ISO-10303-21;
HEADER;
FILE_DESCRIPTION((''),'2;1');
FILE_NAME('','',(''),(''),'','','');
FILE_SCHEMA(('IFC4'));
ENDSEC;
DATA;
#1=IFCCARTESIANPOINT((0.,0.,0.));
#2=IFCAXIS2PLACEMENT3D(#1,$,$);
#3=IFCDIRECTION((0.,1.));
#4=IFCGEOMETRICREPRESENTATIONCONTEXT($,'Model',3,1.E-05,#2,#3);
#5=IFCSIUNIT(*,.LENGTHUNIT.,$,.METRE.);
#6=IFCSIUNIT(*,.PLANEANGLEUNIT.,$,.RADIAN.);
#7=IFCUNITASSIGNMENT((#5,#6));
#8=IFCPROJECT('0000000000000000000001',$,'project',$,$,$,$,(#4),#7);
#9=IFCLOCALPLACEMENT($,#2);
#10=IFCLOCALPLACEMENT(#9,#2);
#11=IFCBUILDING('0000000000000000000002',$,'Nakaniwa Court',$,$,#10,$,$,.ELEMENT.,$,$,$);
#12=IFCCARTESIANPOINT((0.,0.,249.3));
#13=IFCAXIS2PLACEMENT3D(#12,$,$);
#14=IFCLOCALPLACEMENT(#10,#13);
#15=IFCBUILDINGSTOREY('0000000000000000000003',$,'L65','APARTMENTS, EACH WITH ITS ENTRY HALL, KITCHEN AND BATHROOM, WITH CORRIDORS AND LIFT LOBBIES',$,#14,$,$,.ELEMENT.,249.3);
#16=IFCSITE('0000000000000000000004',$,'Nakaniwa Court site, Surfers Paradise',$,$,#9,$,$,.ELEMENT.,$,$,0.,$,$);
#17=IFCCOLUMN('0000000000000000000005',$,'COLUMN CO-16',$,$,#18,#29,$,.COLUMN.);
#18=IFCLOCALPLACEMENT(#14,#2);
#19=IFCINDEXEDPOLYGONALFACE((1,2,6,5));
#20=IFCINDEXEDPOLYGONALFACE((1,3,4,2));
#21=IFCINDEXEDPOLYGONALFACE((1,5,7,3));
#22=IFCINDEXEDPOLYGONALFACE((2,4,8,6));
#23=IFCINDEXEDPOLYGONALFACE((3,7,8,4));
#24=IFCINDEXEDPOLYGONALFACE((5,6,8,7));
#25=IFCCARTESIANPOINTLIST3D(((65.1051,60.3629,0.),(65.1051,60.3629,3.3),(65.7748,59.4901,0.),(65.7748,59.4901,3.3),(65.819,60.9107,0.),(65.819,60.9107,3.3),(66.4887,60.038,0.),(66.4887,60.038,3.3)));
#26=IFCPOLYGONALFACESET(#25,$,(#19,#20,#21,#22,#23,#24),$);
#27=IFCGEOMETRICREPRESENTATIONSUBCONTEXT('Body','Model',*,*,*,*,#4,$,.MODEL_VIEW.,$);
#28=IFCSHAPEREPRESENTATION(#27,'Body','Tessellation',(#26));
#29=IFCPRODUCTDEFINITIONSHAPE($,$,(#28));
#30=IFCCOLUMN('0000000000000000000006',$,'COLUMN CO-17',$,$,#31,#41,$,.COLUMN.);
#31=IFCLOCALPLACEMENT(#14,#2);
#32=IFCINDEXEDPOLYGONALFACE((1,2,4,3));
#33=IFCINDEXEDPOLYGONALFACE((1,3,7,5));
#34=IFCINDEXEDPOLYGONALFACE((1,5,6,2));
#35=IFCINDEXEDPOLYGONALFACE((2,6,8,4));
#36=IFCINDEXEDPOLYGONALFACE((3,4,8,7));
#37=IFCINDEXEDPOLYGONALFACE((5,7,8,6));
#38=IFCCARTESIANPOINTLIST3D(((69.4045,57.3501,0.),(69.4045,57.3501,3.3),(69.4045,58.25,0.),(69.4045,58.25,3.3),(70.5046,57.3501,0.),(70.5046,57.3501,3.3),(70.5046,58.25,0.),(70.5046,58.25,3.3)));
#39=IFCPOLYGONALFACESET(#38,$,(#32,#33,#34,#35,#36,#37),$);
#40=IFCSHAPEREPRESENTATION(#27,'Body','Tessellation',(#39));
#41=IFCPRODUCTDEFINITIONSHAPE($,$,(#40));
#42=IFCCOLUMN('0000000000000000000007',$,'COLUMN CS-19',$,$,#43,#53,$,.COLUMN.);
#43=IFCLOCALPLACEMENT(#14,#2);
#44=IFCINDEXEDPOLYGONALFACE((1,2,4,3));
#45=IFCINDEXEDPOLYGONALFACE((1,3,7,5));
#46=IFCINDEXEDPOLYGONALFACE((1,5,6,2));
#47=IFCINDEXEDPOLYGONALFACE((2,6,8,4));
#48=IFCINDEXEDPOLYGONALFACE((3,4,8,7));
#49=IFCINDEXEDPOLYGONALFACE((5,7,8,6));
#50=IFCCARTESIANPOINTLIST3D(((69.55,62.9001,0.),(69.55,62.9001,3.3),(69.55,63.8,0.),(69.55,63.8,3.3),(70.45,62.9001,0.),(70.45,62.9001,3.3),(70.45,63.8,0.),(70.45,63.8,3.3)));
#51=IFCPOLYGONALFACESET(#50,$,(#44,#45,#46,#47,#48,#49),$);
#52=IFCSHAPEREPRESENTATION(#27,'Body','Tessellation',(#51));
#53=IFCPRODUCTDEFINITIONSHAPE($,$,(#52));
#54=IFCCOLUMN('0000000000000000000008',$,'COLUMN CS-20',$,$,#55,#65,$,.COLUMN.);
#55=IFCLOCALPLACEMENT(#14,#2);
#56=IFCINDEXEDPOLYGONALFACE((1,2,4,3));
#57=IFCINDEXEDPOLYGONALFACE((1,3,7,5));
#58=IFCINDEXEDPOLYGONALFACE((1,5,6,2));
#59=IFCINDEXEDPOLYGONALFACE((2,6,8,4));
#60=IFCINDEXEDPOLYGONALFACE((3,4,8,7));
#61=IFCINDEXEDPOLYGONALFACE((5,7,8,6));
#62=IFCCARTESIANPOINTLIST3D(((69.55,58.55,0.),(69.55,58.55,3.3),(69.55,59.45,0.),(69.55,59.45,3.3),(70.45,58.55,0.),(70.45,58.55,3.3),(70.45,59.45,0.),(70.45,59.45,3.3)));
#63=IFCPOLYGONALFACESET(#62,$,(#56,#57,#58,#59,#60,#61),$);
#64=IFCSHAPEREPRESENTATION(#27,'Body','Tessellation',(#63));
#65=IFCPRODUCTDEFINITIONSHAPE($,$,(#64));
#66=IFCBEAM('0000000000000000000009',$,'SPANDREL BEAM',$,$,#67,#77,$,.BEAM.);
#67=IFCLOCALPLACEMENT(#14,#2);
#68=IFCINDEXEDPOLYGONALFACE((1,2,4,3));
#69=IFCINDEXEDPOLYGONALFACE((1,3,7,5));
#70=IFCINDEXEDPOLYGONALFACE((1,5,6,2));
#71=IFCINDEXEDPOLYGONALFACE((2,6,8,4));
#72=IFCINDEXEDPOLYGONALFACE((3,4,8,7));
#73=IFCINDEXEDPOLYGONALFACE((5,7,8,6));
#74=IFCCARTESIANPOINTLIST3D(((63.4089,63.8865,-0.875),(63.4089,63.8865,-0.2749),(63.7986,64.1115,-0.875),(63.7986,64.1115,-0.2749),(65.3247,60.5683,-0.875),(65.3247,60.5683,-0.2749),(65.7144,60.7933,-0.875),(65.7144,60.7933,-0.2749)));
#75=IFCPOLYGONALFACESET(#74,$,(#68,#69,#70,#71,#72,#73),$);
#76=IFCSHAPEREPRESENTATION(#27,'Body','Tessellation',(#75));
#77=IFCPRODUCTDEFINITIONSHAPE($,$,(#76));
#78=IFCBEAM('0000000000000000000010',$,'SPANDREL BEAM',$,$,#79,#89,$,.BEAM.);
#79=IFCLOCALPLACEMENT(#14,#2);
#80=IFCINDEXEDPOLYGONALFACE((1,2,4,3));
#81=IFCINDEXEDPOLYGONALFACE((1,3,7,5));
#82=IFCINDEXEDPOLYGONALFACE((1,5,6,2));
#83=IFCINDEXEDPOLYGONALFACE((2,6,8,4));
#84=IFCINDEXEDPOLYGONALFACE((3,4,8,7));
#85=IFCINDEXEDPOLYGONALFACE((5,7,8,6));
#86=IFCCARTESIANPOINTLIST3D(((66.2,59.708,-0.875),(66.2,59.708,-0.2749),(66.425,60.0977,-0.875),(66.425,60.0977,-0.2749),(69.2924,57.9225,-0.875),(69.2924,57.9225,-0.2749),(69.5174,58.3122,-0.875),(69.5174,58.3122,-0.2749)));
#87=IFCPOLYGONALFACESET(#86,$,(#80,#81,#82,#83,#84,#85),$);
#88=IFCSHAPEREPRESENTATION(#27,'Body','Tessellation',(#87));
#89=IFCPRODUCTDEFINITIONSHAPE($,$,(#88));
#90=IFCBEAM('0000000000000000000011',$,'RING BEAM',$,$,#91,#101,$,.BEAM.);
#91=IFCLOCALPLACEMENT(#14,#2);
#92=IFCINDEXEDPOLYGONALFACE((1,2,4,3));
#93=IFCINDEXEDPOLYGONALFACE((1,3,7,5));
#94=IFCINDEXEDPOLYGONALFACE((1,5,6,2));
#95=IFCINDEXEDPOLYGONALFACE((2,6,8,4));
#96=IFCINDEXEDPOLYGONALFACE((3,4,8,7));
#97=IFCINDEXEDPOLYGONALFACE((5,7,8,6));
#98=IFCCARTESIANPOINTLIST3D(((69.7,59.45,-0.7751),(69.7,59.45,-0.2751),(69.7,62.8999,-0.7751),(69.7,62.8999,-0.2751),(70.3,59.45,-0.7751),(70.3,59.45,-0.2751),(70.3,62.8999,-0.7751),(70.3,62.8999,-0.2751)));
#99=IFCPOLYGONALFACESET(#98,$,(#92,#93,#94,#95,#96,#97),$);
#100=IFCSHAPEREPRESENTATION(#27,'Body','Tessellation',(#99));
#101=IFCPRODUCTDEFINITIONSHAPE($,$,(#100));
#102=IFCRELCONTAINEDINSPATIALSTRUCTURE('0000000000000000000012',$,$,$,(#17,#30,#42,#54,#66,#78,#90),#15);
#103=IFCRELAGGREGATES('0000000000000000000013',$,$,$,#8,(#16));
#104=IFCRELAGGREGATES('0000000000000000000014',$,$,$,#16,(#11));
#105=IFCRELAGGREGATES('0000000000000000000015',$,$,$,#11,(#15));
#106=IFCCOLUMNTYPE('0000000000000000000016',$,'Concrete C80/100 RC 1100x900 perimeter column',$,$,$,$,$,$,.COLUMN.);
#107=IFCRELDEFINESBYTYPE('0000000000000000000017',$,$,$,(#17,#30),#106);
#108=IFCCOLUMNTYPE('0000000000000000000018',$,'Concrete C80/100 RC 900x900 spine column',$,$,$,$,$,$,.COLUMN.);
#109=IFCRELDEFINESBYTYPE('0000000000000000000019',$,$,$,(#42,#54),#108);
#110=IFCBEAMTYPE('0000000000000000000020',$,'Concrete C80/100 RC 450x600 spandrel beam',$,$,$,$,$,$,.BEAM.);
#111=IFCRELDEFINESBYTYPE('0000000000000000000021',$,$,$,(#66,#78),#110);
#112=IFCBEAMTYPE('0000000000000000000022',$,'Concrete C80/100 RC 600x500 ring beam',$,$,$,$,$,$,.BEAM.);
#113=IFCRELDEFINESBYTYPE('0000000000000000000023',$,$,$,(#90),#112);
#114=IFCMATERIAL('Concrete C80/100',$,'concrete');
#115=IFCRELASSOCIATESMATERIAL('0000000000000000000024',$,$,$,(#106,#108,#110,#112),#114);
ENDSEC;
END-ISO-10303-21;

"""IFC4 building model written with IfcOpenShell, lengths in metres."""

from ifc_helpers import new_model, si_unit, direction, frame, origin, origin_2d, place, context, subcontext, project, spatial, rectangle, extrude, material, material_profile, profile_set, type_object, element, save


model = new_model("IFC4")

# Units and contexts
model_context = context("Model", 3, precision=1e-05, world=origin(), true_north=direction((0.0, 1.0)))
body_context = subcontext(model_context, "Body", "Model", "MODEL_VIEW")
ifc_project = project(units=[si_unit("LENGTHUNIT", "METRE"), si_unit("PLANEANGLEUNIT", "RADIAN")], contexts=[model_context])

# Site, building, storey
site_placement = place(None, origin())
site = spatial("IfcSite", under=ifc_project, at=site_placement, Name="Nakaniwa Court site, Surfers Paradise", CompositionType="ELEMENT", RefElevation=0.0)
building_placement = place(site_placement, origin())
building = spatial("IfcBuilding", under=site, at=building_placement, Name="Nakaniwa Court", CompositionType="ELEMENT")
storey_placement = place(building_placement, frame((0.0, 0.0, 249.3)))
storey = spatial("IfcBuildingStorey", under=building, at=storey_placement, Name="L65", Description="APARTMENTS, EACH WITH ITS ENTRY HALL, KITCHEN AND BATHROOM, WITH CORRIDORS AND LIFT LOBBIES", CompositionType="ELEMENT", Elevation=249.3)

# Columns
ifc_material_1 = material(Name="Concrete C80/100", Category="concrete")
ifc_material_profile_1 = material_profile(ifc_material_1, rectangle(XDim=1.1001, YDim=0.8999, at=origin_2d()), Name="Concrete C80/100 RC 1100x900 perimeter column")
ifc_profile_set_1 = profile_set([ifc_material_profile_1], Name="Concrete C80/100")
column_type_1 = type_object("IfcColumnType", Name="Concrete C80/100 RC 1100x900 perimeter column", PredefinedType="COLUMN", material=ifc_profile_set_1)
for number, where, z_axis, x_axis, name in (
    (1, (65.7969, 60.2004, 0.0), (0.0, 0.0, 1.0), (0.608761, -0.793353, 0.0), "COLUMN CO-16"),
    (2, (69.9546, 57.8, 0.0), (0.0, 0.0, 1.0), (1.0, 0.0, 0.0), "COLUMN CO-17"),
):
    element("IfcColumn", number, at=place(storey_placement, frame(where, z_axis=z_axis, x_axis=x_axis)), inside=storey, type_object=column_type_1, Name=name, PredefinedType="COLUMN", context=body_context, shape_type="SweptSolid", body=[
        extrude(rectangle(XDim=1.1001, YDim=0.8999, at=origin_2d()), origin(), (0.0, 0.0, 1.0), 3.3),
    ])
ifc_material_profile_2 = material_profile(ifc_material_1, rectangle(XDim=0.8999, YDim=0.8999, at=origin_2d()), Name="Concrete C80/100 RC 900x900 spine column")
ifc_profile_set_2 = profile_set([ifc_material_profile_2], Name="Concrete C80/100")
column_type_2 = type_object("IfcColumnType", Name="Concrete C80/100 RC 900x900 spine column", PredefinedType="COLUMN", material=ifc_profile_set_2)
for number, where, z_axis, x_axis, name in (
    (3, (70.0, 63.3501, 0.0), (0.0, 0.0, 1.0), (0.0, -1.0, 0.0), "COLUMN CS-19"),
    (4, (70.0, 59.0, 0.0), (0.0, 0.0, 1.0), (0.0, -1.0, 0.0), "COLUMN CS-20"),
):
    element("IfcColumn", number, at=place(storey_placement, frame(where, z_axis=z_axis, x_axis=x_axis)), inside=storey, type_object=column_type_2, Name=name, PredefinedType="COLUMN", context=body_context, shape_type="SweptSolid", body=[
        extrude(rectangle(XDim=0.8999, YDim=0.8999, at=origin_2d()), origin(), (0.0, 0.0, 1.0), 3.3),
    ])

# Beams
ifc_material_profile_3 = material_profile(ifc_material_1, rectangle(XDim=0.45, YDim=0.6001, at=origin_2d()), Name="Concrete C80/100 RC 450x600 spandrel beam")
ifc_profile_set_3 = profile_set([ifc_material_profile_3], Name="Concrete C80/100")
beam_type_1 = type_object("IfcBeamType", Name="Concrete C80/100 RC 450x600 spandrel beam", PredefinedType="BEAM", material=ifc_profile_set_3)
beam_1_placement = place(storey_placement, frame((63.6038, 63.999, -0.575), z_axis=(0.500011, -0.866019, 0.0), x_axis=(0.866019, 0.500011, 0.0)))
element("IfcBeam", 5, at=beam_1_placement, inside=storey, type_object=beam_type_1, Name="SPANDREL BEAM", PredefinedType="BEAM", context=body_context, shape_type="SweptSolid", body=[
    extrude(rectangle(XDim=0.45, YDim=0.6001, at=origin_2d()), origin(), (0.0, 0.0, 1.0), 3.8315),
])
beam_2_placement = place(storey_placement, frame((66.3125, 59.9028, -0.575), z_axis=(0.866017, -0.500014, 0.0), x_axis=(0.500014, 0.866017, 0.0)))
element("IfcBeam", 6, at=beam_2_placement, inside=storey, type_object=beam_type_1, Name="SPANDREL BEAM", PredefinedType="BEAM", context=body_context, shape_type="SweptSolid", body=[
    extrude(rectangle(XDim=0.45, YDim=0.6001, at=origin_2d()), origin(), (0.0, 0.0, 1.0), 3.5708),
])
ifc_material_profile_4 = material_profile(ifc_material_1, rectangle(XDim=0.6001, YDim=0.5, at=origin_2d()), Name="Concrete C80/100 RC 600x500 ring beam")
ifc_profile_set_4 = profile_set([ifc_material_profile_4], Name="Concrete C80/100")
beam_type_2 = type_object("IfcBeamType", Name="Concrete C80/100 RC 600x500 ring beam", PredefinedType="BEAM", material=ifc_profile_set_4)
beam_3_placement = place(storey_placement, frame((70.0, 62.8999, -0.5251), z_axis=(0.0, -1.0, 0.0), x_axis=(1.0, 0.0, 0.0)))
element("IfcBeam", 7, at=beam_3_placement, inside=storey, type_object=beam_type_2, Name="RING BEAM", PredefinedType="BEAM", context=body_context, shape_type="SweptSolid", body=[
    extrude(rectangle(XDim=0.6001, YDim=0.5, at=origin_2d()), origin(), (0.0, 0.0, 1.0), 3.45),
])

save(model, "model.ifc")
